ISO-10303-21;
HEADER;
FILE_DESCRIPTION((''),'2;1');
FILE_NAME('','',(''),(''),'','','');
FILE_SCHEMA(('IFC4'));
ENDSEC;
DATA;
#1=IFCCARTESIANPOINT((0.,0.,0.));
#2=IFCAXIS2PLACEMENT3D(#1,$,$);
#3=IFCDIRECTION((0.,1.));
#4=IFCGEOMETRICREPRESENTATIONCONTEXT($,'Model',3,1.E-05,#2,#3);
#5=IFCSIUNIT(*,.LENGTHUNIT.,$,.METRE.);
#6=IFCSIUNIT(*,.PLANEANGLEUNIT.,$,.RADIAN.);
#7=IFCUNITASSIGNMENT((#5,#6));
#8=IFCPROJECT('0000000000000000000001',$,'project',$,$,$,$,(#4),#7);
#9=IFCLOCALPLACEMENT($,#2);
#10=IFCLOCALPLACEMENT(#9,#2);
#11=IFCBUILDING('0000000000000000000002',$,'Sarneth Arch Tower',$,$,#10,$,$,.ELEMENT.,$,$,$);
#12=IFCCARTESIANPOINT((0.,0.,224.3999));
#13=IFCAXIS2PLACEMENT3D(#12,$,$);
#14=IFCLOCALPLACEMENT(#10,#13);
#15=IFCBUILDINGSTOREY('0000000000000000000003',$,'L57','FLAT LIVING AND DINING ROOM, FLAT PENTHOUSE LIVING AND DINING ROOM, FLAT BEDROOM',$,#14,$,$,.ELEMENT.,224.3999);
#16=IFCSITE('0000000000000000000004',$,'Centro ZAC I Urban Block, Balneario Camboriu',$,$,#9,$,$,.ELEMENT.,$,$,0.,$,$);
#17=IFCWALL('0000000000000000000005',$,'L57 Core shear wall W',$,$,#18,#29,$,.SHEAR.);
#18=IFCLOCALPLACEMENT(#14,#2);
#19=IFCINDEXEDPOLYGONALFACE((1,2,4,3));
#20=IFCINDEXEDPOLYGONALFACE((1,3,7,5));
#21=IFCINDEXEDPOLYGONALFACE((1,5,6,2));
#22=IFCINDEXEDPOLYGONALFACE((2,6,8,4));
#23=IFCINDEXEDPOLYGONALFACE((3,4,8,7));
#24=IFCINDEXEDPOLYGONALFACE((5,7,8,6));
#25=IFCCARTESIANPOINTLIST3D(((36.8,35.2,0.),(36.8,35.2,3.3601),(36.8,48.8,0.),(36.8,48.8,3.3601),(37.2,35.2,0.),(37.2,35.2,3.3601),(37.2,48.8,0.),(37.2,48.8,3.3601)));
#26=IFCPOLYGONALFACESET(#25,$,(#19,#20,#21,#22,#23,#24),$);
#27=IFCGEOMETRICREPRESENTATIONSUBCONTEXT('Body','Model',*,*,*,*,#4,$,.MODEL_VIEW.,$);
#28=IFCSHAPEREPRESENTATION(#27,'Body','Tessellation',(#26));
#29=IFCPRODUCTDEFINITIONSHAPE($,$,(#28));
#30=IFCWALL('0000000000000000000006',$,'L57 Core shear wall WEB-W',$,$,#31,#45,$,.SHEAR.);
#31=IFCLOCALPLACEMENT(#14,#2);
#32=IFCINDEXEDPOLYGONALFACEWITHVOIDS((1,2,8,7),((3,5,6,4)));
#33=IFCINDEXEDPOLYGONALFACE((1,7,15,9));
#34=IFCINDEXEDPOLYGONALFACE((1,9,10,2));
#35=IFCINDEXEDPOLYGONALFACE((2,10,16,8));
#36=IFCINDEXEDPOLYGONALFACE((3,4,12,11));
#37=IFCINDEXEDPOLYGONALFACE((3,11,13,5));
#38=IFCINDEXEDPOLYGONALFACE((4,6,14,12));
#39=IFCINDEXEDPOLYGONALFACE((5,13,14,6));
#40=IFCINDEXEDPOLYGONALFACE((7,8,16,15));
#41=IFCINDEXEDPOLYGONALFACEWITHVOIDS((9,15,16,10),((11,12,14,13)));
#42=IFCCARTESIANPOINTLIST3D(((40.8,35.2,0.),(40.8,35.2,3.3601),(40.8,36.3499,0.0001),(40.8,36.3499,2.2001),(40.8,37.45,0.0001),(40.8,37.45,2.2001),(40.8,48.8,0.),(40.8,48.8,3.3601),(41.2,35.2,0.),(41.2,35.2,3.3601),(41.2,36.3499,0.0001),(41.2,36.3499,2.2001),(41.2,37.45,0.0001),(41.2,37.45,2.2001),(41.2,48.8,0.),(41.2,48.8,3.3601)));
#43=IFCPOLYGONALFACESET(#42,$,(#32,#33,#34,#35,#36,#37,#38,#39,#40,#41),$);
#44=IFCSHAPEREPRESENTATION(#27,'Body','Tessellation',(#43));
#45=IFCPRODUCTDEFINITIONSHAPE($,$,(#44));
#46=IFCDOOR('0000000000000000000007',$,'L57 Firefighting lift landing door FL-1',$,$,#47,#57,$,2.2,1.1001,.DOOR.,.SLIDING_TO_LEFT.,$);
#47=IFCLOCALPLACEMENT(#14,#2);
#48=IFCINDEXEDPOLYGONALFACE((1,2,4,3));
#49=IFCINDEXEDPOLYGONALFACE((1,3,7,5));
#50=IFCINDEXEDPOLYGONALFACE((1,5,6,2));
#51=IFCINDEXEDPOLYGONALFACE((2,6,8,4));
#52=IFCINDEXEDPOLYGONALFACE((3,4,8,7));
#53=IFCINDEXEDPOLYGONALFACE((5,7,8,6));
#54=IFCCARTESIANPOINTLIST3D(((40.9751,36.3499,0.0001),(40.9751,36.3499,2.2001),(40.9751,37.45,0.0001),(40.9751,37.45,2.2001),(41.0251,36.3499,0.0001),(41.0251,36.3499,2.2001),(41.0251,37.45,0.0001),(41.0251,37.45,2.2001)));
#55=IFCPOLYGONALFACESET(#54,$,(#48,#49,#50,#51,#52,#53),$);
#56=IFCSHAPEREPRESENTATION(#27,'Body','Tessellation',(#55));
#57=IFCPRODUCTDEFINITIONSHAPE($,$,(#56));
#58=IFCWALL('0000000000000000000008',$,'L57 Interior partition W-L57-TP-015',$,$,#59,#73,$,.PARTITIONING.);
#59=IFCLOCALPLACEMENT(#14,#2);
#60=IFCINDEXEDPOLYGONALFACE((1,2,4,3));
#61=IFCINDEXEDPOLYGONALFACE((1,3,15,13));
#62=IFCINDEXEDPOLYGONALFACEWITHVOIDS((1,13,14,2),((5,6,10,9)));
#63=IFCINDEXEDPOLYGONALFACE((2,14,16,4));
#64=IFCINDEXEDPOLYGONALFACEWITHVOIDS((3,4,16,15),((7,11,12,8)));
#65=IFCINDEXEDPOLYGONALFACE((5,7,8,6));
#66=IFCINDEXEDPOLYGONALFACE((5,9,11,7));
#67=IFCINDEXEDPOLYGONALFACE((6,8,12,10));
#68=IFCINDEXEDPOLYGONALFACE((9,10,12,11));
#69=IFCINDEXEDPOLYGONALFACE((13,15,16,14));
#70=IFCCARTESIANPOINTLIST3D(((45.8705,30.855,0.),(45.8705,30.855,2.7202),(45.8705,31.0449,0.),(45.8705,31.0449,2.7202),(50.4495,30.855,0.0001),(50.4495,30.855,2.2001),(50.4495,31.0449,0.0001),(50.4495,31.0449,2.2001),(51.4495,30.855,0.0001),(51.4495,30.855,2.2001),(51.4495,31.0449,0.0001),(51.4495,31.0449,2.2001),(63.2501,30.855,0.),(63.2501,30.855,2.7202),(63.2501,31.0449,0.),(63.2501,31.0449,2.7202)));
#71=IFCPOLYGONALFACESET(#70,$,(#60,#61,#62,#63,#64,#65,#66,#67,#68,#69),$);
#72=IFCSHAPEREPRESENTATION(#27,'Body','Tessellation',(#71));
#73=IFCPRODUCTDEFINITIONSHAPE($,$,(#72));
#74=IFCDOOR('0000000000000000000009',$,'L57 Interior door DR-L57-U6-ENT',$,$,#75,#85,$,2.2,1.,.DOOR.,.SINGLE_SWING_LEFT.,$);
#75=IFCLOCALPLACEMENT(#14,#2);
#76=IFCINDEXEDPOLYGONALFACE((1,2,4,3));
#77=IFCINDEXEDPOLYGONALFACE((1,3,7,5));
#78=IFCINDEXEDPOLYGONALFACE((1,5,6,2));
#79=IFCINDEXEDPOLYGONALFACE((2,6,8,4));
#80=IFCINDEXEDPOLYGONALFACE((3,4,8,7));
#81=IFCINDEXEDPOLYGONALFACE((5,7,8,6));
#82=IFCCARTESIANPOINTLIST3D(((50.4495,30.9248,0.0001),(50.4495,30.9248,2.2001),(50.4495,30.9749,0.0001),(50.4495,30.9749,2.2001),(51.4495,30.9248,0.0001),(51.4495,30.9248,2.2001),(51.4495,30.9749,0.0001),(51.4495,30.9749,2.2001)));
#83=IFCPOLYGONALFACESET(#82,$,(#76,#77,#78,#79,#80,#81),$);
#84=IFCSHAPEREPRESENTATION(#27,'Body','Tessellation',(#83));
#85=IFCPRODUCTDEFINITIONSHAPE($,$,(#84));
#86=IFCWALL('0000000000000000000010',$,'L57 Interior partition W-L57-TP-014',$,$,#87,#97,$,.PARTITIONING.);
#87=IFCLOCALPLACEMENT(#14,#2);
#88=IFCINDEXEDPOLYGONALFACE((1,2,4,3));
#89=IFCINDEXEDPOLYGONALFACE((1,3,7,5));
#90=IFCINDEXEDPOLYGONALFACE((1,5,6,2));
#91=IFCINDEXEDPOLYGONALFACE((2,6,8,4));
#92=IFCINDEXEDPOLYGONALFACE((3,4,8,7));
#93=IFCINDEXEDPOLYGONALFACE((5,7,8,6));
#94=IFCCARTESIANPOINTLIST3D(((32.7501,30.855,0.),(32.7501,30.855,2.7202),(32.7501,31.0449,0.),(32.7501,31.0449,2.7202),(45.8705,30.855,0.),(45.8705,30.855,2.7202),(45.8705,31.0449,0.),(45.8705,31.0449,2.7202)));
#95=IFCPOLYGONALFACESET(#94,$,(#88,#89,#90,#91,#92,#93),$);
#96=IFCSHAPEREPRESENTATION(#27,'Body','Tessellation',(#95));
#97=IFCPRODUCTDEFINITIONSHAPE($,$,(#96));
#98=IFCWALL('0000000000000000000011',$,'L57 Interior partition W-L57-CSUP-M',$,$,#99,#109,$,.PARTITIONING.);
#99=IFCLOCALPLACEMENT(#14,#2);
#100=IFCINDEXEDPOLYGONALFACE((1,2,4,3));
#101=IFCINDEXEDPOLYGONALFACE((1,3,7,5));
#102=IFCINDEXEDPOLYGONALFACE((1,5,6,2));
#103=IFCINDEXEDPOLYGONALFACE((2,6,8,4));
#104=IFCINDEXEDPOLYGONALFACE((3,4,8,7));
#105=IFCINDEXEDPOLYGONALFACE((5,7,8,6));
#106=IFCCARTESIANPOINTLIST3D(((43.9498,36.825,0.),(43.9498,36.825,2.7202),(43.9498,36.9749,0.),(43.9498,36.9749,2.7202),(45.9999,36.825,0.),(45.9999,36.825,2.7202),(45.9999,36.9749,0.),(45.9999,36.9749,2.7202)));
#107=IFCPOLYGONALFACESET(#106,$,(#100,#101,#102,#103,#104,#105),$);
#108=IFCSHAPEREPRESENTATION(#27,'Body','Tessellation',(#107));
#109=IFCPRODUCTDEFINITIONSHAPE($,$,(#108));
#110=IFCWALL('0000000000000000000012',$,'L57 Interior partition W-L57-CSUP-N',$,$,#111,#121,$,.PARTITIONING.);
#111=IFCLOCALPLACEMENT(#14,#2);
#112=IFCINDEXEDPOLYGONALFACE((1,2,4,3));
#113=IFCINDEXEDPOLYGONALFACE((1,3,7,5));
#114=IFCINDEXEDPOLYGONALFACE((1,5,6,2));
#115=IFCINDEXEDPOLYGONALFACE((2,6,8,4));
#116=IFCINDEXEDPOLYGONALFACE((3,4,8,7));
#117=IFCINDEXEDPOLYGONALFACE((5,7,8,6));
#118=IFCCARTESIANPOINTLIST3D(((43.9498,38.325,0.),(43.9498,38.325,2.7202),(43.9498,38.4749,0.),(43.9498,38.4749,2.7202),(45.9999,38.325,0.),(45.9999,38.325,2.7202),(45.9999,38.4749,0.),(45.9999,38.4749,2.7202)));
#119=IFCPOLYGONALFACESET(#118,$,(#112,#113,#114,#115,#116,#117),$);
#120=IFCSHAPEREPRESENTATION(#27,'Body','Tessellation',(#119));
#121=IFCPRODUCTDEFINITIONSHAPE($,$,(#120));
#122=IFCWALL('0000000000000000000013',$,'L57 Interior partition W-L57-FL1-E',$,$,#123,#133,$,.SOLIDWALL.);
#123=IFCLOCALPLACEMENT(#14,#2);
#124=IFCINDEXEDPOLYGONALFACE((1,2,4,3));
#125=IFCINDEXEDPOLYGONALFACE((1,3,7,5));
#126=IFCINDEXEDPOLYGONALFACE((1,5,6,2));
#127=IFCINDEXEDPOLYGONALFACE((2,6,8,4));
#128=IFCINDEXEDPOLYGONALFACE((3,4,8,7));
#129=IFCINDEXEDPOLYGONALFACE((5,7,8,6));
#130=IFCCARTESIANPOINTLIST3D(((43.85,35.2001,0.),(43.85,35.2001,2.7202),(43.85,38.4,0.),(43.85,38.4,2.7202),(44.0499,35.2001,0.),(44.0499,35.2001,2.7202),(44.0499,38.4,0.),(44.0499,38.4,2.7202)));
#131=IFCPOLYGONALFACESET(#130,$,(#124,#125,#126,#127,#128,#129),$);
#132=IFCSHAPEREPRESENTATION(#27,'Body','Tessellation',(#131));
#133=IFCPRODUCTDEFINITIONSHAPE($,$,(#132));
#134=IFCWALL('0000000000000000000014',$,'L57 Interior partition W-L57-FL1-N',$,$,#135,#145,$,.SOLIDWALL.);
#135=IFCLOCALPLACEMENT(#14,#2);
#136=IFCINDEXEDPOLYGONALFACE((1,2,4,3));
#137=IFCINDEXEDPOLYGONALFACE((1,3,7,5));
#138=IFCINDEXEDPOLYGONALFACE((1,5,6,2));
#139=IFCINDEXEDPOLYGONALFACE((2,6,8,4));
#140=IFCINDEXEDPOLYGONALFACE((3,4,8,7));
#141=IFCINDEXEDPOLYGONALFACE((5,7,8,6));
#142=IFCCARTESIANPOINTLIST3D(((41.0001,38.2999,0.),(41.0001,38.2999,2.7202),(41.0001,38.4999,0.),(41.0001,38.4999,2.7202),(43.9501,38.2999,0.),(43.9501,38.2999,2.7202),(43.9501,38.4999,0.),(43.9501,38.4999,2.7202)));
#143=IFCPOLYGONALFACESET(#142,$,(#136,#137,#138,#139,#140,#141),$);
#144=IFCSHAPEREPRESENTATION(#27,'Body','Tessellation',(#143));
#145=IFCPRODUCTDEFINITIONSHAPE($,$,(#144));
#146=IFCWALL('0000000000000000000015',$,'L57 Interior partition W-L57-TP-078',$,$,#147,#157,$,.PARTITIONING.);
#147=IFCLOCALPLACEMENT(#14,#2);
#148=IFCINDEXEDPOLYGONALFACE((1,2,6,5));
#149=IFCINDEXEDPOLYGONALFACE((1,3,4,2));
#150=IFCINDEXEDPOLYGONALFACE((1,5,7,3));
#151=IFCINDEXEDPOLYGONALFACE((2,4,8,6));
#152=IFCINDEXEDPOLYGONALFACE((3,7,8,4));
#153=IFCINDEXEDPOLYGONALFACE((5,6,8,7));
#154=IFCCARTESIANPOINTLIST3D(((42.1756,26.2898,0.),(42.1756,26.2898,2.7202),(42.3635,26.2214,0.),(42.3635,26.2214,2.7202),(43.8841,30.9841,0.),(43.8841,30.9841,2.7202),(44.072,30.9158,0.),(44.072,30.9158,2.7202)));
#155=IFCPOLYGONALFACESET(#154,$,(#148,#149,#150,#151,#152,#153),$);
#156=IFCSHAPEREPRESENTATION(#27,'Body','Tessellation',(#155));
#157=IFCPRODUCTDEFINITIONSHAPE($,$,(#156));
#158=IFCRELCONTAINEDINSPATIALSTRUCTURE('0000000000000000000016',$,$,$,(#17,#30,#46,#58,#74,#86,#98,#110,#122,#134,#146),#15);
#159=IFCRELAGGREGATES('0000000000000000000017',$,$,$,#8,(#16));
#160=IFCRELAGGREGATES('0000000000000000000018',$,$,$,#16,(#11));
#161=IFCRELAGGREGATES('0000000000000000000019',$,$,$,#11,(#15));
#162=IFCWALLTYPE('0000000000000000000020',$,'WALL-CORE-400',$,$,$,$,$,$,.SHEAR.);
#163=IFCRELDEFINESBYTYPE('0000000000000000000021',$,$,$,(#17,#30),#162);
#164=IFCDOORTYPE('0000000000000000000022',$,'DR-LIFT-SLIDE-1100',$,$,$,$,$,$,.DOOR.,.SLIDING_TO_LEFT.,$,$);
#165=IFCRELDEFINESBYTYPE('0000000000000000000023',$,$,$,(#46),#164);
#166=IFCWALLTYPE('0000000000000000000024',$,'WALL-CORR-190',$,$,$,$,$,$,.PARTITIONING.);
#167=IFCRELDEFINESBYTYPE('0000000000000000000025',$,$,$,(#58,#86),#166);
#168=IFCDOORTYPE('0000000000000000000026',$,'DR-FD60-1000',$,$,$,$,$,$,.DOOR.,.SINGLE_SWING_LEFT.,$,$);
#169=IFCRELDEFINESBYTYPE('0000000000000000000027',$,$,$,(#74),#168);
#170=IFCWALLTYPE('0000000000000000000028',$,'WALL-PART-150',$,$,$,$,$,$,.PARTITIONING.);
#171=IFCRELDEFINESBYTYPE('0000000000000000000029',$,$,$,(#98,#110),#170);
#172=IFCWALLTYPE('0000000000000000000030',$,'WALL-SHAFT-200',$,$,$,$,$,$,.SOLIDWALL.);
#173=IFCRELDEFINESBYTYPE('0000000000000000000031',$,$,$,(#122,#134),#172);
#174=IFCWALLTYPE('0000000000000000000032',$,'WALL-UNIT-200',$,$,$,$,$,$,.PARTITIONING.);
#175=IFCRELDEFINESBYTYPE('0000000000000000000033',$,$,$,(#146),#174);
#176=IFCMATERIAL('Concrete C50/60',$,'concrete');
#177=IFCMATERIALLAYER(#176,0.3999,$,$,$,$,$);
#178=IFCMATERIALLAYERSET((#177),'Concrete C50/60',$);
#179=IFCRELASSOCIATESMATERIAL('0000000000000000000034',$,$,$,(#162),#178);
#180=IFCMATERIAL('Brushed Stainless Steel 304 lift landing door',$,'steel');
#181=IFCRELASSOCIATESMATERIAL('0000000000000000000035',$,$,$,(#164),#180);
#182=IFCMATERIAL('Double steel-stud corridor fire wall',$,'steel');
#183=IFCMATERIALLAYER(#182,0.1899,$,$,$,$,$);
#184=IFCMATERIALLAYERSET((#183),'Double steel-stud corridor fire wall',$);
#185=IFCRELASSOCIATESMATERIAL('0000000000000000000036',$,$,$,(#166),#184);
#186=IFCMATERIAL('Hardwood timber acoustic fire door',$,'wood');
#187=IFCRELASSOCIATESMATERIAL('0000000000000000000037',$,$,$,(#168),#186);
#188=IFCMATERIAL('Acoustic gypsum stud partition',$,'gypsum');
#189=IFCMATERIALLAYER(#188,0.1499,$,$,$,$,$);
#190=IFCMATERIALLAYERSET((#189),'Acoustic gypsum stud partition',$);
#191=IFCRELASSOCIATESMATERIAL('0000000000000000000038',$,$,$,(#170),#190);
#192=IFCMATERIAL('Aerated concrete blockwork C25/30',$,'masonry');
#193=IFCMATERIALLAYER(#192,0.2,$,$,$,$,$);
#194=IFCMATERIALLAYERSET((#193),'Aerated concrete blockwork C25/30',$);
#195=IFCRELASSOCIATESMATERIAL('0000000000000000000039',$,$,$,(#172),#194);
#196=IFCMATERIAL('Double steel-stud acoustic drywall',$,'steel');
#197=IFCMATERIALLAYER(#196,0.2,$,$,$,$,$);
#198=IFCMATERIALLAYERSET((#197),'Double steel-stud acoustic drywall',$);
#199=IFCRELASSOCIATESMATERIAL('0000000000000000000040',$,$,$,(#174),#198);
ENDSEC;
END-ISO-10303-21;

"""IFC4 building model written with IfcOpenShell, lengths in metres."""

from ifc_helpers import new_model, si_unit, direction, frame, frame_2d, origin, place, context, subcontext, project, spatial, rectangle, extrude, material, layer, layer_set, type_object, element, fill, save


model = new_model("IFC4")

# Units and contexts
model_context = context("Model", 3, precision=1e-05, world=origin(), true_north=direction((0.0, 1.0)))
body_context = subcontext(model_context, "Body", "Model", "MODEL_VIEW")
ifc_project = project(units=[si_unit("LENGTHUNIT", "METRE"), si_unit("PLANEANGLEUNIT", "RADIAN")], contexts=[model_context])

# Site, building, storey
site_placement = place(None, origin())
site = spatial("IfcSite", under=ifc_project, at=site_placement, Name="Centro ZAC I Urban Block, Balneario Camboriu", CompositionType="ELEMENT", RefElevation=0.0)
building_placement = place(site_placement, origin())
building = spatial("IfcBuilding", under=site, at=building_placement, Name="Sarneth Arch Tower", CompositionType="ELEMENT")
storey_placement = place(building_placement, frame((0.0, 0.0, 224.3999)))
storey = spatial("IfcBuildingStorey", under=building, at=storey_placement, Name="L57", Description="FLAT LIVING AND DINING ROOM, FLAT PENTHOUSE LIVING AND DINING ROOM, FLAT BEDROOM", CompositionType="ELEMENT", Elevation=224.3999)

# Shared definitions
ifc_material_1 = material(Name="Concrete C50/60", Category="concrete")
ifc_layer_1 = layer(ifc_material_1, 0.3999)
ifc_layer_set_1 = layer_set([ifc_layer_1], Name="Concrete C50/60")
wall_type_1 = type_object("IfcWallType", Name="WALL-CORE-400", PredefinedType="SHEAR", material=ifc_layer_set_1)

# Wall
wall_1_placement = place(storey_placement, frame((37.0, 35.2, 0.0), z_axis=(0.0, 0.0, 1.0), x_axis=(0.0, 1.0, 0.0)))
element("IfcWall", 1, at=wall_1_placement, inside=storey, type_object=wall_type_1, Name="L57 Core shear wall W", PredefinedType="SHEAR", context=body_context, shape_type="SweptSolid", body=[
    extrude(rectangle(XDim=13.6001, YDim=0.3999, at=frame_2d((6.8, 0.0))), origin(), (0.0, 0.0, 1.0), 3.3601),
])

# Walls, openings, doors
wall_2_placement = place(storey_placement, frame((41.0, 35.2, 0.0), z_axis=(0.0, 0.0, 1.0), x_axis=(0.0, 1.0, 0.0)))
wall_2 = element("IfcWall", 2, at=wall_2_placement, inside=storey, type_object=wall_type_1, Name="L57 Core shear wall WEB-W", PredefinedType="SHEAR", context=body_context, shape_type="SweptSolid", body=[
    extrude(rectangle(XDim=13.6001, YDim=0.3999, at=frame_2d((6.8, 0.0))), origin(), (0.0, 0.0, 1.0), 3.3601),
])
opening_1_placement = place(wall_2_placement, frame((1.1499, 0.0, 0.0)))
opening_1 = element("IfcOpeningElement", 3, at=opening_1_placement, cuts=wall_2, PredefinedType="OPENING", context=body_context, shape_type="SweptSolid", body=[
    extrude(rectangle(XDim=1.1001, YDim=2.2, at=frame_2d((0.55, 1.1001))), frame((0.0, 0.21, 0.0), z_axis=(0.0, -1.0, 0.0), x_axis=(1.0, 0.0, 0.0)), (0.0, 0.0, 1.0), 0.4199),
])
ifc_material_2 = material(Name="Brushed Stainless Steel 304 lift landing door", Category="steel")
door_type_1 = type_object("IfcDoorType", Name="DR-LIFT-SLIDE-1100", OperationType="SLIDING_TO_LEFT", PredefinedType="DOOR", material=ifc_material_2)
door_1_placement = place(opening_1_placement, origin())
door_1 = element("IfcDoor", 4, at=door_1_placement, inside=storey, type_object=door_type_1, Name="L57 Firefighting lift landing door FL-1", OperationType="SLIDING_TO_LEFT", OverallHeight=2.2, OverallWidth=1.1001, PredefinedType="DOOR", context=body_context, shape_type="SweptSolid", body=[
    extrude(rectangle(XDim=1.1001, YDim=2.2, at=frame_2d((0.55, 1.1001))), frame((0.0, 0.0249, 0.0), z_axis=(0.0, -1.0, 0.0), x_axis=(1.0, 0.0, 0.0)), (0.0, 0.0, 1.0), 0.05),
])
fill(opening_1, door_1)
ifc_material_3 = material(Name="Double steel-stud corridor fire wall", Category="steel")
ifc_layer_2 = layer(ifc_material_3, 0.1899)
ifc_layer_set_2 = layer_set([ifc_layer_2], Name="Double steel-stud corridor fire wall")
wall_type_2 = type_object("IfcWallType", Name="WALL-CORR-190", PredefinedType="PARTITIONING", material=ifc_layer_set_2)
wall_3_placement = place(storey_placement, frame((45.8704, 30.95, 0.0), z_axis=(0.0, 0.0, 1.0), x_axis=(1.0, 0.0, 0.0)))
wall_3 = element("IfcWall", 5, at=wall_3_placement, inside=storey, type_object=wall_type_2, Name="L57 Interior partition W-L57-TP-015", PredefinedType="PARTITIONING", context=body_context, shape_type="SweptSolid", body=[
    extrude(rectangle(XDim=17.3796, YDim=0.1899, at=frame_2d((8.6899, 0.0))), origin(), (0.0, 0.0, 1.0), 2.7202),
])
opening_2_placement = place(wall_3_placement, frame((4.5791, 0.0, 0.0)))
opening_2 = element("IfcOpeningElement", 6, at=opening_2_placement, cuts=wall_3, PredefinedType="OPENING", context=body_context, shape_type="SweptSolid", body=[
    extrude(rectangle(XDim=1.0, YDim=2.2, at=frame_2d((0.5, 1.1001))), frame((0.0, 0.105, 0.0), z_axis=(0.0, -1.0, 0.0), x_axis=(1.0, 0.0, 0.0)), (0.0, 0.0, 1.0), 0.21),
])
ifc_material_4 = material(Name="Hardwood timber acoustic fire door", Category="wood")
door_type_2 = type_object("IfcDoorType", Name="DR-FD60-1000", OperationType="SINGLE_SWING_LEFT", PredefinedType="DOOR", material=ifc_material_4)
door_2_placement = place(opening_2_placement, origin())
door_2 = element("IfcDoor", 7, at=door_2_placement, inside=storey, type_object=door_type_2, Name="L57 Interior door DR-L57-U6-ENT", OperationType="SINGLE_SWING_LEFT", OverallHeight=2.2, OverallWidth=1.0, PredefinedType="DOOR", context=body_context, shape_type="SweptSolid", body=[
    extrude(rectangle(XDim=1.0, YDim=2.2, at=frame_2d((0.5, 1.1001))), frame((0.0, 0.0249, 0.0), z_axis=(0.0, -1.0, 0.0), x_axis=(1.0, 0.0, 0.0)), (0.0, 0.0, 1.0), 0.05),
])
fill(opening_2, door_2)

# Wall
wall_4_placement = place(storey_placement, frame((45.8704, 30.95, 0.0), z_axis=(0.0, 0.0, 1.0), x_axis=(-1.0, 0.0, 0.0)))
element("IfcWall", 8, at=wall_4_placement, inside=storey, type_object=wall_type_2, Name="L57 Interior partition W-L57-TP-014", PredefinedType="PARTITIONING", context=body_context, shape_type="SweptSolid", body=[
    extrude(rectangle(XDim=13.1204, YDim=0.1899, at=frame_2d((6.5601, 0.0))), origin(), (0.0, 0.0, 1.0), 2.7202),
])

# Shared definitions
ifc_material_5 = material(Name="Acoustic gypsum stud partition", Category="gypsum")
ifc_layer_3 = layer(ifc_material_5, 0.1499)
ifc_layer_set_3 = layer_set([ifc_layer_3], Name="Acoustic gypsum stud partition")
wall_type_3 = type_object("IfcWallType", Name="WALL-PART-150", PredefinedType="PARTITIONING", material=ifc_layer_set_3)

# Walls
for number, where, z_axis, x_axis, name in (
    (9, (43.95, 36.8999, 0.0), (0.0, 0.0, 1.0), (1.0, 0.0, 0.0), "L57 Interior partition W-L57-CSUP-M"),
    (10, (43.95, 38.3999, 0.0), (0.0, 0.0, 1.0), (1.0, 0.0, 0.0), "L57 Interior partition W-L57-CSUP-N"),
):
    element("IfcWall", number, at=place(storey_placement, frame(where, z_axis=z_axis, x_axis=x_axis)), inside=storey, type_object=wall_type_3, Name=name, PredefinedType="PARTITIONING", context=body_context, shape_type="SweptSolid", body=[
        extrude(rectangle(XDim=2.05, YDim=0.1499, at=frame_2d((1.0249, 0.0))), origin(), (0.0, 0.0, 1.0), 2.7202),
    ])

# Shared definitions
ifc_material_6 = material(Name="Aerated concrete blockwork C25/30", Category="masonry")
ifc_layer_4 = layer(ifc_material_6, 0.2)
ifc_layer_set_4 = layer_set([ifc_layer_4], Name="Aerated concrete blockwork C25/30")
wall_type_4 = type_object("IfcWallType", Name="WALL-SHAFT-200", PredefinedType="SOLIDWALL", material=ifc_layer_set_4)

# Walls
wall_5_placement = place(storey_placement, frame((43.95, 35.2, 0.0), z_axis=(0.0, 0.0, 1.0), x_axis=(0.0, 1.0, 0.0)))
element("IfcWall", 11, at=wall_5_placement, inside=storey, type_object=wall_type_4, Name="L57 Interior partition W-L57-FL1-E", PredefinedType="SOLIDWALL", context=body_context, shape_type="SweptSolid", body=[
    extrude(rectangle(XDim=3.2, YDim=0.2, at=frame_2d((1.6001, 0.0))), origin(), (0.0, 0.0, 1.0), 2.7202),
])
wall_6_placement = place(storey_placement, frame((41.0, 38.3999, 0.0), z_axis=(0.0, 0.0, 1.0), x_axis=(1.0, 0.0, 0.0)))
element("IfcWall", 12, at=wall_6_placement, inside=storey, type_object=wall_type_4, Name="L57 Interior partition W-L57-FL1-N", PredefinedType="SOLIDWALL", context=body_context, shape_type="SweptSolid", body=[
    extrude(rectangle(XDim=2.95, YDim=0.2, at=frame_2d((1.4751, 0.0))), origin(), (0.0, 0.0, 1.0), 2.7202),
])
ifc_material_7 = material(Name="Double steel-stud acoustic drywall", Category="steel")
ifc_layer_5 = layer(ifc_material_7, 0.2)
ifc_layer_set_5 = layer_set([ifc_layer_5], Name="Double steel-stud acoustic drywall")
wall_type_5 = type_object("IfcWallType", Name="WALL-UNIT-200", PredefinedType="PARTITIONING", material=ifc_layer_set_5)
wall_7_placement = place(storey_placement, frame((43.978, 30.95, 0.0), z_axis=(0.0, 0.0, 1.0), x_axis=(-0.342002, -0.939699, 0.0)))
element("IfcWall", 13, at=wall_7_placement, inside=storey, type_object=wall_type_5, Name="L57 Interior partition W-L57-TP-078", PredefinedType="PARTITIONING", context=body_context, shape_type="SweptSolid", body=[
    extrude(rectangle(XDim=4.9956, YDim=0.2, at=frame_2d((2.4978, 0.0))), origin(), (0.0, 0.0, 1.0), 2.7202),
])

save(model, "model.ifc")
